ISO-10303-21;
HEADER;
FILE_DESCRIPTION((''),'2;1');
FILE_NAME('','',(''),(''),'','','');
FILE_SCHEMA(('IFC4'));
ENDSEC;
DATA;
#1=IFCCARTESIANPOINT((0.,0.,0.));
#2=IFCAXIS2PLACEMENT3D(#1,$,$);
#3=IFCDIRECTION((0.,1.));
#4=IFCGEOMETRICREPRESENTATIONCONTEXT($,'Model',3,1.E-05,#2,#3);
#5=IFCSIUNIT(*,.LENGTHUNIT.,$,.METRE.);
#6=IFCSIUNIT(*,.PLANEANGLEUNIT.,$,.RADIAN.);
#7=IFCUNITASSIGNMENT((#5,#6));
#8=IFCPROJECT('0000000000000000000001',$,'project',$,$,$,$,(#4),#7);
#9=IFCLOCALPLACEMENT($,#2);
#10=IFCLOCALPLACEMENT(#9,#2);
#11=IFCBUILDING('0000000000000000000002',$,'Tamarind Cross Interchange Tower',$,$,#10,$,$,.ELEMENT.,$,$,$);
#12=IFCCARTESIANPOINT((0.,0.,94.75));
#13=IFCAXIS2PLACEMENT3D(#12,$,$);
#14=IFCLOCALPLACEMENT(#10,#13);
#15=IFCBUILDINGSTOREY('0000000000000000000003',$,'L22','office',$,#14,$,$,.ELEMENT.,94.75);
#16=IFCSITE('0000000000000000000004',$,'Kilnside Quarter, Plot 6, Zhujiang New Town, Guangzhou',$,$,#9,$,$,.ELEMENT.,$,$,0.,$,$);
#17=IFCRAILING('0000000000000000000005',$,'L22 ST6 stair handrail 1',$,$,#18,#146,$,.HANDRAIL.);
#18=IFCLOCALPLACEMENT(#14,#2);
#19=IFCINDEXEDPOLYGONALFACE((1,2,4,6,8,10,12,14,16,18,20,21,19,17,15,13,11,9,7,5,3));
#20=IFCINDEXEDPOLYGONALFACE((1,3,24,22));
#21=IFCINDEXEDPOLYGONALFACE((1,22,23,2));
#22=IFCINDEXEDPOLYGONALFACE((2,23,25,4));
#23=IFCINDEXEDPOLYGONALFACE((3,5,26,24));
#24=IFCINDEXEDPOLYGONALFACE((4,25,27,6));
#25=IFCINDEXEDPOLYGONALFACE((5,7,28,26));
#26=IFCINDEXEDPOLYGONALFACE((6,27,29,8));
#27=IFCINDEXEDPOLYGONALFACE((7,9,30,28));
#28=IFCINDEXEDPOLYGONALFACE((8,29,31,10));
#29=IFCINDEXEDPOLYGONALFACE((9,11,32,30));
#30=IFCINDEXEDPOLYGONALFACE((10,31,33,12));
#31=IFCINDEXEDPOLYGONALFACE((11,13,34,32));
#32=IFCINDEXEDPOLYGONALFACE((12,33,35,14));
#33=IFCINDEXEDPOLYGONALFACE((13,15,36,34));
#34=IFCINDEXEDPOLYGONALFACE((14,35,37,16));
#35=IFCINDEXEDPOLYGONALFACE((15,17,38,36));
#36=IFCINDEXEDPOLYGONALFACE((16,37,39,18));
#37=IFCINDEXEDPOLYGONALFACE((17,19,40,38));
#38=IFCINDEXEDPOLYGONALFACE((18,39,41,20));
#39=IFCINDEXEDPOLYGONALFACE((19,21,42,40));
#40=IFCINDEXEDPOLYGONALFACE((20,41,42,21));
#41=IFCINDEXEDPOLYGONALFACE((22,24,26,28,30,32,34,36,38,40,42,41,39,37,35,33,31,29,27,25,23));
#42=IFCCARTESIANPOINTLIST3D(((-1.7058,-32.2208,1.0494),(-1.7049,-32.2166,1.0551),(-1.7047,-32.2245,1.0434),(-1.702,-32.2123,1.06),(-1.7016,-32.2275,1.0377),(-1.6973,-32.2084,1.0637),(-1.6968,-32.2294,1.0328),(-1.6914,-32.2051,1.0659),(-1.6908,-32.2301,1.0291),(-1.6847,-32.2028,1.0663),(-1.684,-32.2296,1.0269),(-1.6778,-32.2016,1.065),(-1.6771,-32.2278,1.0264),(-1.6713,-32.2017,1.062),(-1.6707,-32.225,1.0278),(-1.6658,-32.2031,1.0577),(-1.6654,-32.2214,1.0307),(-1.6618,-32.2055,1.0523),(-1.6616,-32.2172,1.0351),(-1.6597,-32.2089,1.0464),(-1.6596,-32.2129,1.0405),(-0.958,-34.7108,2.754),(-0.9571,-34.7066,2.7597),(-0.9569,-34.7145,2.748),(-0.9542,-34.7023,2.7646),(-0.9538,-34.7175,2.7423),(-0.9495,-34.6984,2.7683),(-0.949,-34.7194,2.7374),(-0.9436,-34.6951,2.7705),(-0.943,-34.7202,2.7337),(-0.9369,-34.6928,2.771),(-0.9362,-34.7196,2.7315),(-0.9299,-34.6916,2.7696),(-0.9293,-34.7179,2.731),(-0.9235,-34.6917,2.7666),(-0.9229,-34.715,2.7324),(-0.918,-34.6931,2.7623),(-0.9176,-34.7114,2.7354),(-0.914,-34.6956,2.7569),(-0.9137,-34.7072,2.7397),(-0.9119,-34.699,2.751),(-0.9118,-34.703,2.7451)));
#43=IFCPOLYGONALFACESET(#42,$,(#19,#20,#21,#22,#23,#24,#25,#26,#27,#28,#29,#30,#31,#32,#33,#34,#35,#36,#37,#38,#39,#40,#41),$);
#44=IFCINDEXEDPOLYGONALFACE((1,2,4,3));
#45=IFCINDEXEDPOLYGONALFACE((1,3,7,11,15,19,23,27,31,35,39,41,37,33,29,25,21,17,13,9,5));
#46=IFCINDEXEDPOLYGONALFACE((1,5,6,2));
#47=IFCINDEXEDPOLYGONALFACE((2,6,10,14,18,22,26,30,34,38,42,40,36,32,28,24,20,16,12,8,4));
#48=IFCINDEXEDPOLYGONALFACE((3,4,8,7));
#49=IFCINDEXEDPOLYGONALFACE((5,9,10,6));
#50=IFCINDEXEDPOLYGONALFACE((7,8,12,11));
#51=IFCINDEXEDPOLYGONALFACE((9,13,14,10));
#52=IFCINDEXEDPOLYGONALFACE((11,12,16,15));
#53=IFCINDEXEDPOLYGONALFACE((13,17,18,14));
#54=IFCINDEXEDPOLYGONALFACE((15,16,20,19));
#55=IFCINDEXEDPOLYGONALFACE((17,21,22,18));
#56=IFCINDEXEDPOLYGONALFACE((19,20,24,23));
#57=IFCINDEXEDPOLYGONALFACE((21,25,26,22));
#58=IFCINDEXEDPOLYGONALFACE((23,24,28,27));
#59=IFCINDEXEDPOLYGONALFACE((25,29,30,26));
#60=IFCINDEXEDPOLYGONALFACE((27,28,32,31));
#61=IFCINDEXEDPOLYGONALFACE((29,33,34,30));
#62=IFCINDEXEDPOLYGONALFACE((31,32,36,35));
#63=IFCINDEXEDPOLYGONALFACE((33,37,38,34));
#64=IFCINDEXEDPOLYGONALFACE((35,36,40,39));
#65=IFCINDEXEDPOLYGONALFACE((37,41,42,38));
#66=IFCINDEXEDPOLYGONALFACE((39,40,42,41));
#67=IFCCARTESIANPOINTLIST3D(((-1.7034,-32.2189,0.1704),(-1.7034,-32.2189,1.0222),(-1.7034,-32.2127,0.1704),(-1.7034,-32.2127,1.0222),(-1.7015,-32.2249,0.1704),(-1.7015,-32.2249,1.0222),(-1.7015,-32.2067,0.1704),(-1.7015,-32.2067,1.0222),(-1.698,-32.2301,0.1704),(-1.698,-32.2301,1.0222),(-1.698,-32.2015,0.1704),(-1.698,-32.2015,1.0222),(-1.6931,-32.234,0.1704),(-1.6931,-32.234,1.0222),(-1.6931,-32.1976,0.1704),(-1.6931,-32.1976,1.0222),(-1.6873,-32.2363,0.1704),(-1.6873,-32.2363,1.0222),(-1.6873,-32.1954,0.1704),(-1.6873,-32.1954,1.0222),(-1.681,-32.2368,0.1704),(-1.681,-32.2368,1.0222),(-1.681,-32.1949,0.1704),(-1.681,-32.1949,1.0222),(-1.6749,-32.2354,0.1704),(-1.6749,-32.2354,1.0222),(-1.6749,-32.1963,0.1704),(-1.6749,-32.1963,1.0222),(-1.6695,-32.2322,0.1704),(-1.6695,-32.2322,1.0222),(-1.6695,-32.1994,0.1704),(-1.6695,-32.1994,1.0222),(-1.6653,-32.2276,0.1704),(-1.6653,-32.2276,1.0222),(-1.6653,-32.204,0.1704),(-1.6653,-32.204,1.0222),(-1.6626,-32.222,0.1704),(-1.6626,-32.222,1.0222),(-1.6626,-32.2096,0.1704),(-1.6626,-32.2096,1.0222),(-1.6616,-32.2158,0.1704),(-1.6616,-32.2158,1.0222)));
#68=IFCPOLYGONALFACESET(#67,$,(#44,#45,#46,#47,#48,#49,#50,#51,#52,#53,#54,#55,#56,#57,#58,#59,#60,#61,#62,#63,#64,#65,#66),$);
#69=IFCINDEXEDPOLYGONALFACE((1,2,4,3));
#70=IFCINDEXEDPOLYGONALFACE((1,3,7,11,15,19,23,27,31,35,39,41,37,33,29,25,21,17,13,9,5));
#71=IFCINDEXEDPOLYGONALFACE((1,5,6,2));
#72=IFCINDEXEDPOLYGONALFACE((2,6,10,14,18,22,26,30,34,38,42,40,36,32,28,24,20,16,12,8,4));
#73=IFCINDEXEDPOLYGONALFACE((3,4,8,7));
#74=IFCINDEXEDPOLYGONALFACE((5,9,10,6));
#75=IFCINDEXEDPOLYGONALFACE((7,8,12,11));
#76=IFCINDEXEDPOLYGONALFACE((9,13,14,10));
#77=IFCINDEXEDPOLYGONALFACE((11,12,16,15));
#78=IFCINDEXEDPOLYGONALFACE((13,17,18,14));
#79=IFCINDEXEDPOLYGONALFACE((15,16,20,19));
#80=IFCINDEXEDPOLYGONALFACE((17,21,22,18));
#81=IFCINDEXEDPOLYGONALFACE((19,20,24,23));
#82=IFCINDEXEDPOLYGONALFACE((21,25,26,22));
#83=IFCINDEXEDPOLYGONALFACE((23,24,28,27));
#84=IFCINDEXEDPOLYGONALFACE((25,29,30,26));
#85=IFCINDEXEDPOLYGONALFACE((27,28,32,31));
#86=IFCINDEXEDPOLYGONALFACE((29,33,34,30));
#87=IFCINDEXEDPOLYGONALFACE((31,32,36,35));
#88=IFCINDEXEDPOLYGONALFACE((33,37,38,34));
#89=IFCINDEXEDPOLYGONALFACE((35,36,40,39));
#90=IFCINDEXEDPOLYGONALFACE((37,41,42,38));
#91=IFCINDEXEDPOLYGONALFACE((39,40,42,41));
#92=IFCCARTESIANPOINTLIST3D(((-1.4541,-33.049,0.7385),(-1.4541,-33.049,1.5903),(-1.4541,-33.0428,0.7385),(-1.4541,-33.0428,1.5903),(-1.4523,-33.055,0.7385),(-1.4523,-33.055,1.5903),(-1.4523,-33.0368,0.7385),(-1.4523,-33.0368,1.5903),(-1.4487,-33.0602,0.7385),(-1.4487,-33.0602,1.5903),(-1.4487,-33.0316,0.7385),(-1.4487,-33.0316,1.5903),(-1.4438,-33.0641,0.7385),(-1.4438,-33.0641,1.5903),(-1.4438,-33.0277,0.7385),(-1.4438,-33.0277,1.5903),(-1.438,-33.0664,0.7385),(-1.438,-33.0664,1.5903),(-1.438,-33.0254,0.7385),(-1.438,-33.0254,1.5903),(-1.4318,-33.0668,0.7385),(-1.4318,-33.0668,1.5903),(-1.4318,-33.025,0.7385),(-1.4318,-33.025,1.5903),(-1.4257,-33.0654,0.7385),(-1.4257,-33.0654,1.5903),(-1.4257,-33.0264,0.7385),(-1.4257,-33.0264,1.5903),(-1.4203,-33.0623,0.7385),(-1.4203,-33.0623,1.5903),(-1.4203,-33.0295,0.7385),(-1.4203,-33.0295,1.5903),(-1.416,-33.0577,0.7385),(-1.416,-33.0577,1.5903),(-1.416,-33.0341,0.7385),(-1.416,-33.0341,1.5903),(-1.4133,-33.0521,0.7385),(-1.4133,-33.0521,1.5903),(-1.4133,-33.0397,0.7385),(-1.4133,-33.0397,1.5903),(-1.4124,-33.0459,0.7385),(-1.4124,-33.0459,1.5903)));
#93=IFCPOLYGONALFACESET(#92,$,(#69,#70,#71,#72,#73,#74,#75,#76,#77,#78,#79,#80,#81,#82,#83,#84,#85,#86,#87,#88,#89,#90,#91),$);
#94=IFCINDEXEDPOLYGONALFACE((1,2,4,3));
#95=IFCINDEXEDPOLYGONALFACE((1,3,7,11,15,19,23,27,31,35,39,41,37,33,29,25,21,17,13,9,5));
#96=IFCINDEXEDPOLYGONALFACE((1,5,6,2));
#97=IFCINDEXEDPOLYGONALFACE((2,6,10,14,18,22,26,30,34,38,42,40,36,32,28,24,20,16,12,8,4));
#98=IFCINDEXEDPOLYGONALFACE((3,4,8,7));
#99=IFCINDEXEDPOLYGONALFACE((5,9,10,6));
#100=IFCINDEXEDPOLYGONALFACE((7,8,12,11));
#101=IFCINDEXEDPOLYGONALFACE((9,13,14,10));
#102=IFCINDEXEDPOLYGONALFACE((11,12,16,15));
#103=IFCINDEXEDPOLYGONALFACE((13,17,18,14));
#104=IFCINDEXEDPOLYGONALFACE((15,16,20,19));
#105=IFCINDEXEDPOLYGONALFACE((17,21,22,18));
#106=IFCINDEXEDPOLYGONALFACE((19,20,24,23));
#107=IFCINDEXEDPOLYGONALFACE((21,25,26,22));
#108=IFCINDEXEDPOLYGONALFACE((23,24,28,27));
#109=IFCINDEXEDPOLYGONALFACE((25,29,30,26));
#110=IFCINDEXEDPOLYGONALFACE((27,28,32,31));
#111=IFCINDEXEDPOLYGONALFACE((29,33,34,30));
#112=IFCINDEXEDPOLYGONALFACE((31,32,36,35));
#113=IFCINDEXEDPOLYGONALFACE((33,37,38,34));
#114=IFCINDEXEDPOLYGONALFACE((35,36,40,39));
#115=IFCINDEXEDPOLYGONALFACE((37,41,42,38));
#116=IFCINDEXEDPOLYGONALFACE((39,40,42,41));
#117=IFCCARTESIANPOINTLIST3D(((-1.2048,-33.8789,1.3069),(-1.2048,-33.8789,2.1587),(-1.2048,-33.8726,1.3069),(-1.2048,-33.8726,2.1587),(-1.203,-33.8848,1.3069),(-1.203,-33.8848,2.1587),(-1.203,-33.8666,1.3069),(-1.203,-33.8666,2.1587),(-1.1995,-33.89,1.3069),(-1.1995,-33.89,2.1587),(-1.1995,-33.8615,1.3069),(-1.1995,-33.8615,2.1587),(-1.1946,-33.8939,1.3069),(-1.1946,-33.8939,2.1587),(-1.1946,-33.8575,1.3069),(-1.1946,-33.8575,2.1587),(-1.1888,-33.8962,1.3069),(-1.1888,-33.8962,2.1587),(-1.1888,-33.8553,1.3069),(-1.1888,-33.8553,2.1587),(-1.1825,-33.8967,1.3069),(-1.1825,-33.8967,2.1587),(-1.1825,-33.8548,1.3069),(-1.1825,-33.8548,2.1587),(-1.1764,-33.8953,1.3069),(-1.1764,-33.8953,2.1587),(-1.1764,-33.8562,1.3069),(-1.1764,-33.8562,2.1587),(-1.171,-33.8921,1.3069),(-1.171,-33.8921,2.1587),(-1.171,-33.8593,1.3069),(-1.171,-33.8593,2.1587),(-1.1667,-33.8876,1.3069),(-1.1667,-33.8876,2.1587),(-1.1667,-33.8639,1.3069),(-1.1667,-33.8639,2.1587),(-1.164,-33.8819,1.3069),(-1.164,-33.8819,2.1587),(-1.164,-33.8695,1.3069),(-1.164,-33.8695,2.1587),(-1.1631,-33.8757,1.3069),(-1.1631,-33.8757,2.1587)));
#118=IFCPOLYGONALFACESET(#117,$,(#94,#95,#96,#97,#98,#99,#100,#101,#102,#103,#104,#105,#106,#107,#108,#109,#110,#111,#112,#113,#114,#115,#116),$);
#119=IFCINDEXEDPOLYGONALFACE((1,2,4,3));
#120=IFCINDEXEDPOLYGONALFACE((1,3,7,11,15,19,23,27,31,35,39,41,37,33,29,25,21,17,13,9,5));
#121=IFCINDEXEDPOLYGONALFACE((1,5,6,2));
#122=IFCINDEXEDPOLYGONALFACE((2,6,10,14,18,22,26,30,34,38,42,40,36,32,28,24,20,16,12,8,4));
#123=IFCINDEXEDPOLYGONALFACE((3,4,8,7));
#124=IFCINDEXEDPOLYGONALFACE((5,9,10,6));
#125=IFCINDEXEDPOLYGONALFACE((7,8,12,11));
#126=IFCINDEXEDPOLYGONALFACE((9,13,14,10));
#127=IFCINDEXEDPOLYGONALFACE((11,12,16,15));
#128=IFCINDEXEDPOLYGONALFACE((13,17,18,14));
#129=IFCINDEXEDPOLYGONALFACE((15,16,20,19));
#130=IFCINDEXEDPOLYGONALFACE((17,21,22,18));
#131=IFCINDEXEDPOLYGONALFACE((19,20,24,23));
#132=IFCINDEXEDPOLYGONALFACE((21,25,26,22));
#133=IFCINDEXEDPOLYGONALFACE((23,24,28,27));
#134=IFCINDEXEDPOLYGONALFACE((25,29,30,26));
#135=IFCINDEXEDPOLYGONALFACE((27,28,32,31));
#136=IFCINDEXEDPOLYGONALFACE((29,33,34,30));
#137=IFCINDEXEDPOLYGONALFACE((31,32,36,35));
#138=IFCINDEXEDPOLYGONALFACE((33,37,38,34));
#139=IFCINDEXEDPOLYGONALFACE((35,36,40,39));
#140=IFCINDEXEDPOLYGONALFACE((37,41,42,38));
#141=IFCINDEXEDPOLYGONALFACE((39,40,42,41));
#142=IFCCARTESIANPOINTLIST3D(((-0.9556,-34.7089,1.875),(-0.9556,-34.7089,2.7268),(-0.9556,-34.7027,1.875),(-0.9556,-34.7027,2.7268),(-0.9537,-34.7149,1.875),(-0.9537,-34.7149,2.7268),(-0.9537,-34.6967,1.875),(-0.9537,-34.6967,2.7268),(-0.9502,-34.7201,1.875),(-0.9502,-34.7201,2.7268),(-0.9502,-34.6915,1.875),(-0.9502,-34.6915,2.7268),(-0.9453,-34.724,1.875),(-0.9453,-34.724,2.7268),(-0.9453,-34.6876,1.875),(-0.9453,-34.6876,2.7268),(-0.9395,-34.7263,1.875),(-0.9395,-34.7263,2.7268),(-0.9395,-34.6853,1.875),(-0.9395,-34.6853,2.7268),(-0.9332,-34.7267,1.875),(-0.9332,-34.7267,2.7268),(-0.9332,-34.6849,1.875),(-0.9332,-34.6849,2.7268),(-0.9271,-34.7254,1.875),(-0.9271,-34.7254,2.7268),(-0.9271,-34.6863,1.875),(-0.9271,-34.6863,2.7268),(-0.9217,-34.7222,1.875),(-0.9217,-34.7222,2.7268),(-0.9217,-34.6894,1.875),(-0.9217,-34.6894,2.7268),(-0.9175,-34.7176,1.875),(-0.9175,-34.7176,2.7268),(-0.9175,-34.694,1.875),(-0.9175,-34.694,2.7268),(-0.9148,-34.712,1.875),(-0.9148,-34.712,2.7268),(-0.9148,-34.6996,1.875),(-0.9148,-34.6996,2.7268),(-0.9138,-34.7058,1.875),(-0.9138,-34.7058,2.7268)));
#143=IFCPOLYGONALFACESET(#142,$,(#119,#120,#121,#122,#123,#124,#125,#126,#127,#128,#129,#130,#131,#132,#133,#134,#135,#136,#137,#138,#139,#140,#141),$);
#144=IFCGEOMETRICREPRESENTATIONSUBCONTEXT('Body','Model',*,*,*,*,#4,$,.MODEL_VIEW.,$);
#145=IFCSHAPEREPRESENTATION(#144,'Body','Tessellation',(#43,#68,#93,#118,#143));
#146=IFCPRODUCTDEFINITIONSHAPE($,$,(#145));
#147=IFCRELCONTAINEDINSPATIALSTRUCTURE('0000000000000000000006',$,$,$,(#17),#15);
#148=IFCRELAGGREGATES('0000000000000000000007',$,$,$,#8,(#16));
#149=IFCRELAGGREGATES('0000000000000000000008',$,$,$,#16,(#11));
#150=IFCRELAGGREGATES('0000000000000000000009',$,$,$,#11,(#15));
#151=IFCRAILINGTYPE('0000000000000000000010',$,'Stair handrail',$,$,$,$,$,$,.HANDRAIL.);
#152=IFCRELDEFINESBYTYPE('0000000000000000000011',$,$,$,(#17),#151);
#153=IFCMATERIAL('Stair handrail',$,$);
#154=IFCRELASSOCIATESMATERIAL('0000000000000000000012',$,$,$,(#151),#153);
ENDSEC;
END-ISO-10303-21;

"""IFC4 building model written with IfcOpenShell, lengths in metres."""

from ifc_helpers import new_model, si_unit, direction, frame, origin, origin_2d, place, context, subcontext, project, spatial, circle, extrude, material, type_object, element, save


model = new_model("IFC4")

# Units and contexts
model_context = context("Model", 3, precision=1e-05, world=origin(), true_north=direction((0.0, 1.0)))
body_context = subcontext(model_context, "Body", "Model", "MODEL_VIEW")
ifc_project = project(units=[si_unit("LENGTHUNIT", "METRE"), si_unit("PLANEANGLEUNIT", "RADIAN")], contexts=[model_context])

# Site, building, storey
site_placement = place(None, origin())
site = spatial("IfcSite", under=ifc_project, at=site_placement, Name="Kilnside Quarter, Plot 6, Zhujiang New Town, Guangzhou", CompositionType="ELEMENT", RefElevation=0.0)
building_placement = place(site_placement, origin())
building = spatial("IfcBuilding", under=site, at=building_placement, Name="Tamarind Cross Interchange Tower", CompositionType="ELEMENT")
storey_placement = place(building_placement, frame((0.0, 0.0, 94.75)))
storey = spatial("IfcBuildingStorey", under=building, at=storey_placement, Name="L22", Description="office", CompositionType="ELEMENT", Elevation=94.75)

# Railing
ifc_material_1 = material(Name="Stair handrail")
railing_type_1 = type_object("IfcRailingType", Name="Stair handrail", PredefinedType="HANDRAIL", material=ifc_material_1)
railing_1_placement = place(storey_placement, frame((-1.6826, -32.2158, 0.1704)))
element("IfcRailing", 1, at=railing_1_placement, inside=storey, type_object=railing_type_1, Name="L22 ST6 stair handrail 1", PredefinedType="HANDRAIL", context=body_context, shape_type="SweptSolid", body=[
    extrude(circle(Radius=0.0239, at=origin_2d()), frame((0.0, 0.0, 0.876), z_axis=(0.240541, -0.800939, 0.548304), x_axis=(0.957741, 0.287632, 0.0)), (0.0, 0.0, 1.0), 3.1089),
    extrude(circle(Radius=0.021, at=origin_2d()), origin(), (0.0, 0.0, 1.0), 0.8518),
    extrude(circle(Radius=0.021, at=origin_2d()), frame((0.2493, -0.8301, 0.5681)), (0.0, 0.0, 1.0), 0.8518),
    extrude(circle(Radius=0.021, at=origin_2d()), frame((0.4985, -1.6599, 1.1365)), (0.0, 0.0, 1.0), 0.8518),
    extrude(circle(Radius=0.021, at=origin_2d()), frame((0.7478, -2.49, 1.7046)), (0.0, 0.0, 1.0), 0.8518),
])

save(model, "model.ifc")
